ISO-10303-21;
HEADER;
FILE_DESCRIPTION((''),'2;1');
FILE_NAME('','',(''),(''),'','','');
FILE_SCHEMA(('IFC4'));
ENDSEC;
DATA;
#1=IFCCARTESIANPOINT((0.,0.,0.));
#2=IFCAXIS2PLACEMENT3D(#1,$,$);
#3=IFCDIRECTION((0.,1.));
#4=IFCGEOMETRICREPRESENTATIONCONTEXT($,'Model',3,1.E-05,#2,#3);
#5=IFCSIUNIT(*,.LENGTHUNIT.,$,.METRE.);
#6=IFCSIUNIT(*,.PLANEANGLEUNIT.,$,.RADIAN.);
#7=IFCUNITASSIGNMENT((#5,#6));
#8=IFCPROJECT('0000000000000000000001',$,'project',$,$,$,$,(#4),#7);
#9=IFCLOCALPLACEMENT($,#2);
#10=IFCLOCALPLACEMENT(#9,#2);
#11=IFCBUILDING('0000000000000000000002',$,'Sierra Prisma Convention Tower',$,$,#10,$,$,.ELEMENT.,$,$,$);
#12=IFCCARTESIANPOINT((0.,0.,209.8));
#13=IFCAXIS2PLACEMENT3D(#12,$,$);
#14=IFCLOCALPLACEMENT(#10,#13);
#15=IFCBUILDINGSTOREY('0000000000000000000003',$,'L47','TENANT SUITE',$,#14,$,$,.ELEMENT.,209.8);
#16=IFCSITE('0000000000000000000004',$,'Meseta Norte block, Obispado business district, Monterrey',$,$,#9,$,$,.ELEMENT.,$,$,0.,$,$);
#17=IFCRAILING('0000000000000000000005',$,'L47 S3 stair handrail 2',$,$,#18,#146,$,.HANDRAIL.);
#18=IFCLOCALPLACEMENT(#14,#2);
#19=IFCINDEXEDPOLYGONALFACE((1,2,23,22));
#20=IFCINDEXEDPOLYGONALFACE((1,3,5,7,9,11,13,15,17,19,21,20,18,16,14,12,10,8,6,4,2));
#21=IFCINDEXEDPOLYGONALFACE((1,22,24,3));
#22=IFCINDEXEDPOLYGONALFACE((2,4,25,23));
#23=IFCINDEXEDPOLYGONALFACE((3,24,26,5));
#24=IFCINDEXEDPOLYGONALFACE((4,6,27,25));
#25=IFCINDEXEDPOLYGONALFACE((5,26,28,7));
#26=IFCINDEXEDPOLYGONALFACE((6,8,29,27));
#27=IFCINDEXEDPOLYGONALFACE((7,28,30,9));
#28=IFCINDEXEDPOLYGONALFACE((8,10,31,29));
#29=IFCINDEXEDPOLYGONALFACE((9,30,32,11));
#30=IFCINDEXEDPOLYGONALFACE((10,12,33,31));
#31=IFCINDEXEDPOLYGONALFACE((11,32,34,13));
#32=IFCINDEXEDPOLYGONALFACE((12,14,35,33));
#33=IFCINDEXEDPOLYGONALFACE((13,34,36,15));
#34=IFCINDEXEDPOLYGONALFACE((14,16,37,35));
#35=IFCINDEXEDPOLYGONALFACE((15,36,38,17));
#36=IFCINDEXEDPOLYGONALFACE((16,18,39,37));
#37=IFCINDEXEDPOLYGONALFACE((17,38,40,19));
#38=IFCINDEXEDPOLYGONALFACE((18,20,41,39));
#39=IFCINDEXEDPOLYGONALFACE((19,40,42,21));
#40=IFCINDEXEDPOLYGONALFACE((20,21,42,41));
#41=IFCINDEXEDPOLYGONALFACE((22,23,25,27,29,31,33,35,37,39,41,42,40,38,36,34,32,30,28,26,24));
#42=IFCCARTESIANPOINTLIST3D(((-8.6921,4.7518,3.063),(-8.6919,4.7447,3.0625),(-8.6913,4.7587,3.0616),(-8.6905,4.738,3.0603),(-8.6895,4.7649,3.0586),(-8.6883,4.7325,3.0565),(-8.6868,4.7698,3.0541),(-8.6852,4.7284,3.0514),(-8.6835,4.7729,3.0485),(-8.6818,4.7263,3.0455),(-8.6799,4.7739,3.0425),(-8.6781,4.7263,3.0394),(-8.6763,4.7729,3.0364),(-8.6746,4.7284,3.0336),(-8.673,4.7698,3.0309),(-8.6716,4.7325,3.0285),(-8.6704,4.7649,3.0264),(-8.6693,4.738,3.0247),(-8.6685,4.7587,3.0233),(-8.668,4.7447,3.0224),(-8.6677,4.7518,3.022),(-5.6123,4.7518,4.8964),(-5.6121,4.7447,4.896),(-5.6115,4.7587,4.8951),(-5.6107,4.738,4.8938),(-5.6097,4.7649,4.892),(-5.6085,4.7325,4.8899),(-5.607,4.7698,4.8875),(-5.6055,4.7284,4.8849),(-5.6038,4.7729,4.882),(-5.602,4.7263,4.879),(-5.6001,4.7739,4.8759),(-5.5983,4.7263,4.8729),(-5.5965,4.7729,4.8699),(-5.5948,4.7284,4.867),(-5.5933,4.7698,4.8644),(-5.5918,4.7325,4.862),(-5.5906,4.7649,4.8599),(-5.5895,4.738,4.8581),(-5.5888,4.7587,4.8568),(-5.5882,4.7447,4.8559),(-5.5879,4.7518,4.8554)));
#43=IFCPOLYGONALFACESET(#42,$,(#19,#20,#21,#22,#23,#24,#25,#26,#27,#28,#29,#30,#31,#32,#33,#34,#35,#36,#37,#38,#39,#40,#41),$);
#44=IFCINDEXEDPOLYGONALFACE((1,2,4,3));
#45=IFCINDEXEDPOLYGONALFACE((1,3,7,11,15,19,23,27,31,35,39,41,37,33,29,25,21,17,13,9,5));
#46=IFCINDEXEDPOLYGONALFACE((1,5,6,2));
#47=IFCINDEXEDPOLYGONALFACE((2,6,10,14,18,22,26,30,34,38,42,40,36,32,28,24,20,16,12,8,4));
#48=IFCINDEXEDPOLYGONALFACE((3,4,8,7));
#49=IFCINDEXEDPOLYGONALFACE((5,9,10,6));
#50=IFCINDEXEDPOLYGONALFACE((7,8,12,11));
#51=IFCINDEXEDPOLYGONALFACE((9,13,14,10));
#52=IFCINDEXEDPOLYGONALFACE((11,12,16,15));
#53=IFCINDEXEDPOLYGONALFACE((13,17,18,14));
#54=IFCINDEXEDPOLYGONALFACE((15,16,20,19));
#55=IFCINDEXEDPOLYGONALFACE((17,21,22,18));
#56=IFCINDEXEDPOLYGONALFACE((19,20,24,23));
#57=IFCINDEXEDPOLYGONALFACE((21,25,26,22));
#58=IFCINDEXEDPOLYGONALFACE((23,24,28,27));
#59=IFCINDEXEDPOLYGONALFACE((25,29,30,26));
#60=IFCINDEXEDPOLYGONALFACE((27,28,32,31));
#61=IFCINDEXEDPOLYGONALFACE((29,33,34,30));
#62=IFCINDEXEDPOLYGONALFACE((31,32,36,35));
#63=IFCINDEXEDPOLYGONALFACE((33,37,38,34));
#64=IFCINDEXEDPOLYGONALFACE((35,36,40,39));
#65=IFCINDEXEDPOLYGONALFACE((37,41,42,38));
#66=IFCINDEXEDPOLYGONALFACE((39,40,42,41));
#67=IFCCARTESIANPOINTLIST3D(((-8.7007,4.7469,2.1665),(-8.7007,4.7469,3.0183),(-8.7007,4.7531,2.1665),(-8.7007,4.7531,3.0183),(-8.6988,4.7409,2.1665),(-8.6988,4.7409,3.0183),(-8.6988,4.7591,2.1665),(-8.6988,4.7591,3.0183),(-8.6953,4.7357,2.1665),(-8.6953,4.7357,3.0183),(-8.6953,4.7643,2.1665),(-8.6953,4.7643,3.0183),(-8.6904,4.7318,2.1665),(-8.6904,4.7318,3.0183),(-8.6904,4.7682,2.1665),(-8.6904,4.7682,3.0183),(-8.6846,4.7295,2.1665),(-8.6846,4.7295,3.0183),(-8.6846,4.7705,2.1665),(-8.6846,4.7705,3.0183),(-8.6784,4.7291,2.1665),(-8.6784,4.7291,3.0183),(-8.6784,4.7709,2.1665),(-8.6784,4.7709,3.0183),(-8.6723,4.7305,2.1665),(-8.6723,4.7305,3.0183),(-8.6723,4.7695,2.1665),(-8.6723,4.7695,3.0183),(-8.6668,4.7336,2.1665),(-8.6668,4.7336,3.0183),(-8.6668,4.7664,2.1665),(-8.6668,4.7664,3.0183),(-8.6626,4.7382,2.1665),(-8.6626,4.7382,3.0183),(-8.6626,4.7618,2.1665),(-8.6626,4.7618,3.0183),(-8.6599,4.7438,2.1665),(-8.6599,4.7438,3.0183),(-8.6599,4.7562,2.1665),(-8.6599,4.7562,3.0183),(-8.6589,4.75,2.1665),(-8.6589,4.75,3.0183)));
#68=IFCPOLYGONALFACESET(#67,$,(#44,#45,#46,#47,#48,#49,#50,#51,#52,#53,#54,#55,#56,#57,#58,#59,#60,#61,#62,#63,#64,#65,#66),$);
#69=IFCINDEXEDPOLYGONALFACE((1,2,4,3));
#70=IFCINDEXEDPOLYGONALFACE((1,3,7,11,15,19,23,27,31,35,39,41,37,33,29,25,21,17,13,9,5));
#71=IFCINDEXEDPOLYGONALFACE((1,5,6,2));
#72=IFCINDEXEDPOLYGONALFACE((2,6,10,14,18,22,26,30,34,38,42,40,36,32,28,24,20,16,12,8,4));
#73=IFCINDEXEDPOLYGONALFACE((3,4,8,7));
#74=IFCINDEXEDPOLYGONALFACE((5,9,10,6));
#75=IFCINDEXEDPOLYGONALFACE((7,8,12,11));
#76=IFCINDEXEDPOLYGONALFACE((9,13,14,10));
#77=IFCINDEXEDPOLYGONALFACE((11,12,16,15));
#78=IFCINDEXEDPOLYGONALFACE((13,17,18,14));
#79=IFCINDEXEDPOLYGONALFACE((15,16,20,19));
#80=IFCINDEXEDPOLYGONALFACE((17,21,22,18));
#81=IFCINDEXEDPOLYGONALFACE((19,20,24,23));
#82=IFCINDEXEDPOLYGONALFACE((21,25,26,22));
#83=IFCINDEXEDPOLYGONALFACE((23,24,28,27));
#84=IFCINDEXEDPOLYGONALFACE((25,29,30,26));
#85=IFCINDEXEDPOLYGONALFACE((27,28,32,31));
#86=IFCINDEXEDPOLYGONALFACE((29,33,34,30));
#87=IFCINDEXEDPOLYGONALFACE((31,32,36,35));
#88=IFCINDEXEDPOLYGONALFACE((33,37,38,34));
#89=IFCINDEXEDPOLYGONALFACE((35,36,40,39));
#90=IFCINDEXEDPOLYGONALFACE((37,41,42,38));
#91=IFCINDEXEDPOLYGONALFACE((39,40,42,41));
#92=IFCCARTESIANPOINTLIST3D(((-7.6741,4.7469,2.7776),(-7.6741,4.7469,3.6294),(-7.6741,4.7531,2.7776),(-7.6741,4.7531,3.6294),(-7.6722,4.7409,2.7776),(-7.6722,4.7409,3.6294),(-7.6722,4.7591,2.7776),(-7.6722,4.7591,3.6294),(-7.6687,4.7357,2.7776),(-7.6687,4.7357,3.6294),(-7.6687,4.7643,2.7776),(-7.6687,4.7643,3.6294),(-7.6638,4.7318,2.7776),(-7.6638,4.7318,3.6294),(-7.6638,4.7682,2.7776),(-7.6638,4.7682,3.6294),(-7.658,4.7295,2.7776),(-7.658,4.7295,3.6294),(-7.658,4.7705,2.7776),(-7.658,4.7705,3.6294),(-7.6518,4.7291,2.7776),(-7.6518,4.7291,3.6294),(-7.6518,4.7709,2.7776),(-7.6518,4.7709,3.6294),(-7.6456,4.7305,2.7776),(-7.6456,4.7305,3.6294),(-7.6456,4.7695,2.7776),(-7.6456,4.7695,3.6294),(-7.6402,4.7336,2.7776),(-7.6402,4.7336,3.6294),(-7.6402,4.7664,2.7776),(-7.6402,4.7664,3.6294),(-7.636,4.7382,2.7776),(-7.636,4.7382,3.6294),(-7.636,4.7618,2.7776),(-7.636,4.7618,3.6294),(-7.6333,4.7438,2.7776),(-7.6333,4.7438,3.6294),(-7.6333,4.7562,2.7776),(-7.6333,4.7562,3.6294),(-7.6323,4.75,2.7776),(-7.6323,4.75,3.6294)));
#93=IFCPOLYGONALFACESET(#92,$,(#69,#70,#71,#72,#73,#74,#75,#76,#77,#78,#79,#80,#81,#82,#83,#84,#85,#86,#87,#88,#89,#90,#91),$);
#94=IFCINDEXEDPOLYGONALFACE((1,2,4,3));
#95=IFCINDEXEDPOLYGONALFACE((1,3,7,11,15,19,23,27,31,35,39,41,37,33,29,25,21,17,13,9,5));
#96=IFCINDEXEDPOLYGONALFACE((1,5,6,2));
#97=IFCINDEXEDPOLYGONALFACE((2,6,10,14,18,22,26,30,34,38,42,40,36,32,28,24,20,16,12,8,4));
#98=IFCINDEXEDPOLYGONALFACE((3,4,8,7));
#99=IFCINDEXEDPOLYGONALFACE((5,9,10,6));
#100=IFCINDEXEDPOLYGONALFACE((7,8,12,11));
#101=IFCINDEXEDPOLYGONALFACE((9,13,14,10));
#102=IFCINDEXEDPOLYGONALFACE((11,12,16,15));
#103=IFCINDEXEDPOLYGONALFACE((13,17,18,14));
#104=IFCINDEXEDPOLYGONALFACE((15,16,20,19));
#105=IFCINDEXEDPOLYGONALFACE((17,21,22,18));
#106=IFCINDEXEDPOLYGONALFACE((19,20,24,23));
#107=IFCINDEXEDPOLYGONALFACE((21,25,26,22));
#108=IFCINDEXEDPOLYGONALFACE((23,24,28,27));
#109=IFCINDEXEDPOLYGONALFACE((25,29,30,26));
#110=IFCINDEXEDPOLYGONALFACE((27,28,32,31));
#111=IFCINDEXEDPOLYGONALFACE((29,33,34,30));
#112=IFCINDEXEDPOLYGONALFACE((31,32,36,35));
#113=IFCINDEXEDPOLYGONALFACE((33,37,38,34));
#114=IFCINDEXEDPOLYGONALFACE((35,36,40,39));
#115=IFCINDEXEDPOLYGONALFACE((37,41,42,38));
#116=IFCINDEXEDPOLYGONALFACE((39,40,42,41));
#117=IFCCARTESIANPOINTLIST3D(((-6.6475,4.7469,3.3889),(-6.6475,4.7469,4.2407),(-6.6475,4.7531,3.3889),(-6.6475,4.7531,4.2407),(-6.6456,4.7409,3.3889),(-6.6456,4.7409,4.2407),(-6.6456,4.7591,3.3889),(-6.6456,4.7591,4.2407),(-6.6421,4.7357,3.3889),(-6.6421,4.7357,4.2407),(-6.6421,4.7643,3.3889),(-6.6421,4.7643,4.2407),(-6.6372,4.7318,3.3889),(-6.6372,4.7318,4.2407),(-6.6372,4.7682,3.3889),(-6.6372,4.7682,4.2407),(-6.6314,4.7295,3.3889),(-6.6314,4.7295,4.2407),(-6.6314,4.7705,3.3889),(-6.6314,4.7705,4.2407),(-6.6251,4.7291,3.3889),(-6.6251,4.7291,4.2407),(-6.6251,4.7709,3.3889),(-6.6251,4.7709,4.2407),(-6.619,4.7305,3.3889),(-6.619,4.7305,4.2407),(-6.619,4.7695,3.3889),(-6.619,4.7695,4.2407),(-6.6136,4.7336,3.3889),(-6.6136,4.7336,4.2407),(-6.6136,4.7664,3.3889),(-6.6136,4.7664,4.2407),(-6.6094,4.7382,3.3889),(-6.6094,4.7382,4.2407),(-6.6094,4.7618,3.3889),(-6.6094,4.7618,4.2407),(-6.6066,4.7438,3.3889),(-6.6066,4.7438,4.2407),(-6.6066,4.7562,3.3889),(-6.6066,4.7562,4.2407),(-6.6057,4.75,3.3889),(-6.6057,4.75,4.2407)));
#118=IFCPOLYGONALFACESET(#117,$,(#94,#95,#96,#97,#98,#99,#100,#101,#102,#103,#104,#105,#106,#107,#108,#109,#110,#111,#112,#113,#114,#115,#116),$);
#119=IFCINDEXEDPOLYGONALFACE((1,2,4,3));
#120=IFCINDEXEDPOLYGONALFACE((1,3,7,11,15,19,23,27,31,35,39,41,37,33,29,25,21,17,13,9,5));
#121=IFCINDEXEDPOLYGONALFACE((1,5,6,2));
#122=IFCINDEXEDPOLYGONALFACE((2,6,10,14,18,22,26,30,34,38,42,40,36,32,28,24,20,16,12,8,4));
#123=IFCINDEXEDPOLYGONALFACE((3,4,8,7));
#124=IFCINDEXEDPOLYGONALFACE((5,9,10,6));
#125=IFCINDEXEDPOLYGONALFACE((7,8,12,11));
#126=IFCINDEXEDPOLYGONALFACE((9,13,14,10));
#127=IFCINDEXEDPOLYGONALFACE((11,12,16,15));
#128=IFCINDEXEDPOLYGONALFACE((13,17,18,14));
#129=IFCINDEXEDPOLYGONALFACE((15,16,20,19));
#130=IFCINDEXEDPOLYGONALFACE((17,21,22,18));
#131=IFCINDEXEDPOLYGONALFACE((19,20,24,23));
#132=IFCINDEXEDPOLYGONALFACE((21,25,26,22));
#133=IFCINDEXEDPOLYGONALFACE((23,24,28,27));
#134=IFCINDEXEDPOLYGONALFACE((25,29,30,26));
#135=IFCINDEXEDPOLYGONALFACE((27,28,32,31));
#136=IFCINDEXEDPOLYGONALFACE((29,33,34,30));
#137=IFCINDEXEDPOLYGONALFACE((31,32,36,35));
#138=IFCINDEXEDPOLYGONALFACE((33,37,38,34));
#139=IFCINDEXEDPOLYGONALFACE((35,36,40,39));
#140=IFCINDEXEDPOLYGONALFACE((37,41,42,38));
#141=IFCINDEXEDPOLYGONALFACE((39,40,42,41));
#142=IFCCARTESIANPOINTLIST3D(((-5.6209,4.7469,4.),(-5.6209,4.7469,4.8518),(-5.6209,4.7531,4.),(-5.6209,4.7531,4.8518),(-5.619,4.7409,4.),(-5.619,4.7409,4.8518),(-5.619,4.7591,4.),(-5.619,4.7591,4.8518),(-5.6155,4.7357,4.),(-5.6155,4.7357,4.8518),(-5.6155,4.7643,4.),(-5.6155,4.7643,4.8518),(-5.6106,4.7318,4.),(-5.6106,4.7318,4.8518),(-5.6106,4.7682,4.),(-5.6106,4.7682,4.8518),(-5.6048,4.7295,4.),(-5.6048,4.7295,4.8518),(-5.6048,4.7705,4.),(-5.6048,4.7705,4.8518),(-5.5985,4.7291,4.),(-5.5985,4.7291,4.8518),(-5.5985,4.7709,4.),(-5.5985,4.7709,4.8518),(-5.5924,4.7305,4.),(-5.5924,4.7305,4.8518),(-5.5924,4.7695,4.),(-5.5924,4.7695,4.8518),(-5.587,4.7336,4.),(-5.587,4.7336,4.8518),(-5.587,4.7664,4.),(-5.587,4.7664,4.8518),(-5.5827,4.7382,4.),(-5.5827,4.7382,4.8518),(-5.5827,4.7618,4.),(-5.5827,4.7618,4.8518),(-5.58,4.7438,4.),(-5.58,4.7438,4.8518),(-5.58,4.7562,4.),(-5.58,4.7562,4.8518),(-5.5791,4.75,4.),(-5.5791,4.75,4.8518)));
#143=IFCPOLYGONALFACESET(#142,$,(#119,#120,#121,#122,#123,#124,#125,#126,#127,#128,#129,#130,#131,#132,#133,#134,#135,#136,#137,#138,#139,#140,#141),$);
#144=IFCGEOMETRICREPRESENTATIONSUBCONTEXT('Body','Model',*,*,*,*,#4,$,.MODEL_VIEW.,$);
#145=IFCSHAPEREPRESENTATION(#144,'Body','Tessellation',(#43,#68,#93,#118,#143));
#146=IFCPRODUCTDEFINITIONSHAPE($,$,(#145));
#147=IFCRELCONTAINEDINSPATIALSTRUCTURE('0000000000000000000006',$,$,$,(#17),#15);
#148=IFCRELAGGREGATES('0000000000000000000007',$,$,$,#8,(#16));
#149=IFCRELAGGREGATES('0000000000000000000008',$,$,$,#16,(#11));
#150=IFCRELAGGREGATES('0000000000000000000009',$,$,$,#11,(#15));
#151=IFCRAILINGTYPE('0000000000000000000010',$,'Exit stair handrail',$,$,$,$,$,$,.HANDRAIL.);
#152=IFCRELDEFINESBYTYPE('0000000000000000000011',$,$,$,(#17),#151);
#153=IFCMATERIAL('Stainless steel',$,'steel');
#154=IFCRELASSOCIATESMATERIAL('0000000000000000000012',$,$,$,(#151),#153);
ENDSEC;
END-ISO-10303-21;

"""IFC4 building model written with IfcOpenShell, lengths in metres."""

from ifc_helpers import new_model, si_unit, direction, frame, origin, origin_2d, place, context, subcontext, project, spatial, circle, extrude, material, type_object, element, save


model = new_model("IFC4")

# Units and contexts
model_context = context("Model", 3, precision=1e-05, world=origin(), true_north=direction((0.0, 1.0)))
body_context = subcontext(model_context, "Body", "Model", "MODEL_VIEW")
ifc_project = project(units=[si_unit("LENGTHUNIT", "METRE"), si_unit("PLANEANGLEUNIT", "RADIAN")], contexts=[model_context])

# Site, building, storey
site_placement = place(None, origin())
site = spatial("IfcSite", under=ifc_project, at=site_placement, Name="Meseta Norte block, Obispado business district, Monterrey", CompositionType="ELEMENT", RefElevation=0.0)
building_placement = place(site_placement, origin())
building = spatial("IfcBuilding", under=site, at=building_placement, Name="Sierra Prisma Convention Tower", CompositionType="ELEMENT")
storey_placement = place(building_placement, frame((0.0, 0.0, 209.8)))
storey = spatial("IfcBuildingStorey", under=building, at=storey_placement, Name="L47", Description="TENANT SUITE", CompositionType="ELEMENT", Elevation=209.8)

# Railing
ifc_material_1 = material(Name="Stainless steel", Category="steel")
railing_type_1 = type_object("IfcRailingType", Name="Exit stair handrail", PredefinedType="HANDRAIL", material=ifc_material_1)
railing_1_placement = place(storey_placement, frame((-8.6799, 4.75, 2.1665)))
element("IfcRailing", 1, at=railing_1_placement, inside=storey, type_object=railing_type_1, Name="L47 S3 stair handrail 2", PredefinedType="HANDRAIL", context=body_context, shape_type="SweptSolid", body=[
    extrude(circle(Radius=0.0239, at=origin_2d()), frame((0.0, 0.0, 0.876), z_axis=(0.859261, 0.0, 0.511538), x_axis=(0.0, 1.0, 0.0)), (0.0, 0.0, 1.0), 3.5842),
    extrude(circle(Radius=0.021, at=origin_2d()), origin(), (0.0, 0.0, 1.0), 0.8518),
    extrude(circle(Radius=0.021, at=origin_2d()), frame((1.0266, 0.0, 0.6111)), (0.0, 0.0, 1.0), 0.8518),
    extrude(circle(Radius=0.021, at=origin_2d()), frame((2.0532, 0.0, 1.2224)), (0.0, 0.0, 1.0), 0.8518),
    extrude(circle(Radius=0.021, at=origin_2d()), frame((3.0798, 0.0, 1.8335)), (0.0, 0.0, 1.0), 0.8518),
])

save(model, "model.ifc")
